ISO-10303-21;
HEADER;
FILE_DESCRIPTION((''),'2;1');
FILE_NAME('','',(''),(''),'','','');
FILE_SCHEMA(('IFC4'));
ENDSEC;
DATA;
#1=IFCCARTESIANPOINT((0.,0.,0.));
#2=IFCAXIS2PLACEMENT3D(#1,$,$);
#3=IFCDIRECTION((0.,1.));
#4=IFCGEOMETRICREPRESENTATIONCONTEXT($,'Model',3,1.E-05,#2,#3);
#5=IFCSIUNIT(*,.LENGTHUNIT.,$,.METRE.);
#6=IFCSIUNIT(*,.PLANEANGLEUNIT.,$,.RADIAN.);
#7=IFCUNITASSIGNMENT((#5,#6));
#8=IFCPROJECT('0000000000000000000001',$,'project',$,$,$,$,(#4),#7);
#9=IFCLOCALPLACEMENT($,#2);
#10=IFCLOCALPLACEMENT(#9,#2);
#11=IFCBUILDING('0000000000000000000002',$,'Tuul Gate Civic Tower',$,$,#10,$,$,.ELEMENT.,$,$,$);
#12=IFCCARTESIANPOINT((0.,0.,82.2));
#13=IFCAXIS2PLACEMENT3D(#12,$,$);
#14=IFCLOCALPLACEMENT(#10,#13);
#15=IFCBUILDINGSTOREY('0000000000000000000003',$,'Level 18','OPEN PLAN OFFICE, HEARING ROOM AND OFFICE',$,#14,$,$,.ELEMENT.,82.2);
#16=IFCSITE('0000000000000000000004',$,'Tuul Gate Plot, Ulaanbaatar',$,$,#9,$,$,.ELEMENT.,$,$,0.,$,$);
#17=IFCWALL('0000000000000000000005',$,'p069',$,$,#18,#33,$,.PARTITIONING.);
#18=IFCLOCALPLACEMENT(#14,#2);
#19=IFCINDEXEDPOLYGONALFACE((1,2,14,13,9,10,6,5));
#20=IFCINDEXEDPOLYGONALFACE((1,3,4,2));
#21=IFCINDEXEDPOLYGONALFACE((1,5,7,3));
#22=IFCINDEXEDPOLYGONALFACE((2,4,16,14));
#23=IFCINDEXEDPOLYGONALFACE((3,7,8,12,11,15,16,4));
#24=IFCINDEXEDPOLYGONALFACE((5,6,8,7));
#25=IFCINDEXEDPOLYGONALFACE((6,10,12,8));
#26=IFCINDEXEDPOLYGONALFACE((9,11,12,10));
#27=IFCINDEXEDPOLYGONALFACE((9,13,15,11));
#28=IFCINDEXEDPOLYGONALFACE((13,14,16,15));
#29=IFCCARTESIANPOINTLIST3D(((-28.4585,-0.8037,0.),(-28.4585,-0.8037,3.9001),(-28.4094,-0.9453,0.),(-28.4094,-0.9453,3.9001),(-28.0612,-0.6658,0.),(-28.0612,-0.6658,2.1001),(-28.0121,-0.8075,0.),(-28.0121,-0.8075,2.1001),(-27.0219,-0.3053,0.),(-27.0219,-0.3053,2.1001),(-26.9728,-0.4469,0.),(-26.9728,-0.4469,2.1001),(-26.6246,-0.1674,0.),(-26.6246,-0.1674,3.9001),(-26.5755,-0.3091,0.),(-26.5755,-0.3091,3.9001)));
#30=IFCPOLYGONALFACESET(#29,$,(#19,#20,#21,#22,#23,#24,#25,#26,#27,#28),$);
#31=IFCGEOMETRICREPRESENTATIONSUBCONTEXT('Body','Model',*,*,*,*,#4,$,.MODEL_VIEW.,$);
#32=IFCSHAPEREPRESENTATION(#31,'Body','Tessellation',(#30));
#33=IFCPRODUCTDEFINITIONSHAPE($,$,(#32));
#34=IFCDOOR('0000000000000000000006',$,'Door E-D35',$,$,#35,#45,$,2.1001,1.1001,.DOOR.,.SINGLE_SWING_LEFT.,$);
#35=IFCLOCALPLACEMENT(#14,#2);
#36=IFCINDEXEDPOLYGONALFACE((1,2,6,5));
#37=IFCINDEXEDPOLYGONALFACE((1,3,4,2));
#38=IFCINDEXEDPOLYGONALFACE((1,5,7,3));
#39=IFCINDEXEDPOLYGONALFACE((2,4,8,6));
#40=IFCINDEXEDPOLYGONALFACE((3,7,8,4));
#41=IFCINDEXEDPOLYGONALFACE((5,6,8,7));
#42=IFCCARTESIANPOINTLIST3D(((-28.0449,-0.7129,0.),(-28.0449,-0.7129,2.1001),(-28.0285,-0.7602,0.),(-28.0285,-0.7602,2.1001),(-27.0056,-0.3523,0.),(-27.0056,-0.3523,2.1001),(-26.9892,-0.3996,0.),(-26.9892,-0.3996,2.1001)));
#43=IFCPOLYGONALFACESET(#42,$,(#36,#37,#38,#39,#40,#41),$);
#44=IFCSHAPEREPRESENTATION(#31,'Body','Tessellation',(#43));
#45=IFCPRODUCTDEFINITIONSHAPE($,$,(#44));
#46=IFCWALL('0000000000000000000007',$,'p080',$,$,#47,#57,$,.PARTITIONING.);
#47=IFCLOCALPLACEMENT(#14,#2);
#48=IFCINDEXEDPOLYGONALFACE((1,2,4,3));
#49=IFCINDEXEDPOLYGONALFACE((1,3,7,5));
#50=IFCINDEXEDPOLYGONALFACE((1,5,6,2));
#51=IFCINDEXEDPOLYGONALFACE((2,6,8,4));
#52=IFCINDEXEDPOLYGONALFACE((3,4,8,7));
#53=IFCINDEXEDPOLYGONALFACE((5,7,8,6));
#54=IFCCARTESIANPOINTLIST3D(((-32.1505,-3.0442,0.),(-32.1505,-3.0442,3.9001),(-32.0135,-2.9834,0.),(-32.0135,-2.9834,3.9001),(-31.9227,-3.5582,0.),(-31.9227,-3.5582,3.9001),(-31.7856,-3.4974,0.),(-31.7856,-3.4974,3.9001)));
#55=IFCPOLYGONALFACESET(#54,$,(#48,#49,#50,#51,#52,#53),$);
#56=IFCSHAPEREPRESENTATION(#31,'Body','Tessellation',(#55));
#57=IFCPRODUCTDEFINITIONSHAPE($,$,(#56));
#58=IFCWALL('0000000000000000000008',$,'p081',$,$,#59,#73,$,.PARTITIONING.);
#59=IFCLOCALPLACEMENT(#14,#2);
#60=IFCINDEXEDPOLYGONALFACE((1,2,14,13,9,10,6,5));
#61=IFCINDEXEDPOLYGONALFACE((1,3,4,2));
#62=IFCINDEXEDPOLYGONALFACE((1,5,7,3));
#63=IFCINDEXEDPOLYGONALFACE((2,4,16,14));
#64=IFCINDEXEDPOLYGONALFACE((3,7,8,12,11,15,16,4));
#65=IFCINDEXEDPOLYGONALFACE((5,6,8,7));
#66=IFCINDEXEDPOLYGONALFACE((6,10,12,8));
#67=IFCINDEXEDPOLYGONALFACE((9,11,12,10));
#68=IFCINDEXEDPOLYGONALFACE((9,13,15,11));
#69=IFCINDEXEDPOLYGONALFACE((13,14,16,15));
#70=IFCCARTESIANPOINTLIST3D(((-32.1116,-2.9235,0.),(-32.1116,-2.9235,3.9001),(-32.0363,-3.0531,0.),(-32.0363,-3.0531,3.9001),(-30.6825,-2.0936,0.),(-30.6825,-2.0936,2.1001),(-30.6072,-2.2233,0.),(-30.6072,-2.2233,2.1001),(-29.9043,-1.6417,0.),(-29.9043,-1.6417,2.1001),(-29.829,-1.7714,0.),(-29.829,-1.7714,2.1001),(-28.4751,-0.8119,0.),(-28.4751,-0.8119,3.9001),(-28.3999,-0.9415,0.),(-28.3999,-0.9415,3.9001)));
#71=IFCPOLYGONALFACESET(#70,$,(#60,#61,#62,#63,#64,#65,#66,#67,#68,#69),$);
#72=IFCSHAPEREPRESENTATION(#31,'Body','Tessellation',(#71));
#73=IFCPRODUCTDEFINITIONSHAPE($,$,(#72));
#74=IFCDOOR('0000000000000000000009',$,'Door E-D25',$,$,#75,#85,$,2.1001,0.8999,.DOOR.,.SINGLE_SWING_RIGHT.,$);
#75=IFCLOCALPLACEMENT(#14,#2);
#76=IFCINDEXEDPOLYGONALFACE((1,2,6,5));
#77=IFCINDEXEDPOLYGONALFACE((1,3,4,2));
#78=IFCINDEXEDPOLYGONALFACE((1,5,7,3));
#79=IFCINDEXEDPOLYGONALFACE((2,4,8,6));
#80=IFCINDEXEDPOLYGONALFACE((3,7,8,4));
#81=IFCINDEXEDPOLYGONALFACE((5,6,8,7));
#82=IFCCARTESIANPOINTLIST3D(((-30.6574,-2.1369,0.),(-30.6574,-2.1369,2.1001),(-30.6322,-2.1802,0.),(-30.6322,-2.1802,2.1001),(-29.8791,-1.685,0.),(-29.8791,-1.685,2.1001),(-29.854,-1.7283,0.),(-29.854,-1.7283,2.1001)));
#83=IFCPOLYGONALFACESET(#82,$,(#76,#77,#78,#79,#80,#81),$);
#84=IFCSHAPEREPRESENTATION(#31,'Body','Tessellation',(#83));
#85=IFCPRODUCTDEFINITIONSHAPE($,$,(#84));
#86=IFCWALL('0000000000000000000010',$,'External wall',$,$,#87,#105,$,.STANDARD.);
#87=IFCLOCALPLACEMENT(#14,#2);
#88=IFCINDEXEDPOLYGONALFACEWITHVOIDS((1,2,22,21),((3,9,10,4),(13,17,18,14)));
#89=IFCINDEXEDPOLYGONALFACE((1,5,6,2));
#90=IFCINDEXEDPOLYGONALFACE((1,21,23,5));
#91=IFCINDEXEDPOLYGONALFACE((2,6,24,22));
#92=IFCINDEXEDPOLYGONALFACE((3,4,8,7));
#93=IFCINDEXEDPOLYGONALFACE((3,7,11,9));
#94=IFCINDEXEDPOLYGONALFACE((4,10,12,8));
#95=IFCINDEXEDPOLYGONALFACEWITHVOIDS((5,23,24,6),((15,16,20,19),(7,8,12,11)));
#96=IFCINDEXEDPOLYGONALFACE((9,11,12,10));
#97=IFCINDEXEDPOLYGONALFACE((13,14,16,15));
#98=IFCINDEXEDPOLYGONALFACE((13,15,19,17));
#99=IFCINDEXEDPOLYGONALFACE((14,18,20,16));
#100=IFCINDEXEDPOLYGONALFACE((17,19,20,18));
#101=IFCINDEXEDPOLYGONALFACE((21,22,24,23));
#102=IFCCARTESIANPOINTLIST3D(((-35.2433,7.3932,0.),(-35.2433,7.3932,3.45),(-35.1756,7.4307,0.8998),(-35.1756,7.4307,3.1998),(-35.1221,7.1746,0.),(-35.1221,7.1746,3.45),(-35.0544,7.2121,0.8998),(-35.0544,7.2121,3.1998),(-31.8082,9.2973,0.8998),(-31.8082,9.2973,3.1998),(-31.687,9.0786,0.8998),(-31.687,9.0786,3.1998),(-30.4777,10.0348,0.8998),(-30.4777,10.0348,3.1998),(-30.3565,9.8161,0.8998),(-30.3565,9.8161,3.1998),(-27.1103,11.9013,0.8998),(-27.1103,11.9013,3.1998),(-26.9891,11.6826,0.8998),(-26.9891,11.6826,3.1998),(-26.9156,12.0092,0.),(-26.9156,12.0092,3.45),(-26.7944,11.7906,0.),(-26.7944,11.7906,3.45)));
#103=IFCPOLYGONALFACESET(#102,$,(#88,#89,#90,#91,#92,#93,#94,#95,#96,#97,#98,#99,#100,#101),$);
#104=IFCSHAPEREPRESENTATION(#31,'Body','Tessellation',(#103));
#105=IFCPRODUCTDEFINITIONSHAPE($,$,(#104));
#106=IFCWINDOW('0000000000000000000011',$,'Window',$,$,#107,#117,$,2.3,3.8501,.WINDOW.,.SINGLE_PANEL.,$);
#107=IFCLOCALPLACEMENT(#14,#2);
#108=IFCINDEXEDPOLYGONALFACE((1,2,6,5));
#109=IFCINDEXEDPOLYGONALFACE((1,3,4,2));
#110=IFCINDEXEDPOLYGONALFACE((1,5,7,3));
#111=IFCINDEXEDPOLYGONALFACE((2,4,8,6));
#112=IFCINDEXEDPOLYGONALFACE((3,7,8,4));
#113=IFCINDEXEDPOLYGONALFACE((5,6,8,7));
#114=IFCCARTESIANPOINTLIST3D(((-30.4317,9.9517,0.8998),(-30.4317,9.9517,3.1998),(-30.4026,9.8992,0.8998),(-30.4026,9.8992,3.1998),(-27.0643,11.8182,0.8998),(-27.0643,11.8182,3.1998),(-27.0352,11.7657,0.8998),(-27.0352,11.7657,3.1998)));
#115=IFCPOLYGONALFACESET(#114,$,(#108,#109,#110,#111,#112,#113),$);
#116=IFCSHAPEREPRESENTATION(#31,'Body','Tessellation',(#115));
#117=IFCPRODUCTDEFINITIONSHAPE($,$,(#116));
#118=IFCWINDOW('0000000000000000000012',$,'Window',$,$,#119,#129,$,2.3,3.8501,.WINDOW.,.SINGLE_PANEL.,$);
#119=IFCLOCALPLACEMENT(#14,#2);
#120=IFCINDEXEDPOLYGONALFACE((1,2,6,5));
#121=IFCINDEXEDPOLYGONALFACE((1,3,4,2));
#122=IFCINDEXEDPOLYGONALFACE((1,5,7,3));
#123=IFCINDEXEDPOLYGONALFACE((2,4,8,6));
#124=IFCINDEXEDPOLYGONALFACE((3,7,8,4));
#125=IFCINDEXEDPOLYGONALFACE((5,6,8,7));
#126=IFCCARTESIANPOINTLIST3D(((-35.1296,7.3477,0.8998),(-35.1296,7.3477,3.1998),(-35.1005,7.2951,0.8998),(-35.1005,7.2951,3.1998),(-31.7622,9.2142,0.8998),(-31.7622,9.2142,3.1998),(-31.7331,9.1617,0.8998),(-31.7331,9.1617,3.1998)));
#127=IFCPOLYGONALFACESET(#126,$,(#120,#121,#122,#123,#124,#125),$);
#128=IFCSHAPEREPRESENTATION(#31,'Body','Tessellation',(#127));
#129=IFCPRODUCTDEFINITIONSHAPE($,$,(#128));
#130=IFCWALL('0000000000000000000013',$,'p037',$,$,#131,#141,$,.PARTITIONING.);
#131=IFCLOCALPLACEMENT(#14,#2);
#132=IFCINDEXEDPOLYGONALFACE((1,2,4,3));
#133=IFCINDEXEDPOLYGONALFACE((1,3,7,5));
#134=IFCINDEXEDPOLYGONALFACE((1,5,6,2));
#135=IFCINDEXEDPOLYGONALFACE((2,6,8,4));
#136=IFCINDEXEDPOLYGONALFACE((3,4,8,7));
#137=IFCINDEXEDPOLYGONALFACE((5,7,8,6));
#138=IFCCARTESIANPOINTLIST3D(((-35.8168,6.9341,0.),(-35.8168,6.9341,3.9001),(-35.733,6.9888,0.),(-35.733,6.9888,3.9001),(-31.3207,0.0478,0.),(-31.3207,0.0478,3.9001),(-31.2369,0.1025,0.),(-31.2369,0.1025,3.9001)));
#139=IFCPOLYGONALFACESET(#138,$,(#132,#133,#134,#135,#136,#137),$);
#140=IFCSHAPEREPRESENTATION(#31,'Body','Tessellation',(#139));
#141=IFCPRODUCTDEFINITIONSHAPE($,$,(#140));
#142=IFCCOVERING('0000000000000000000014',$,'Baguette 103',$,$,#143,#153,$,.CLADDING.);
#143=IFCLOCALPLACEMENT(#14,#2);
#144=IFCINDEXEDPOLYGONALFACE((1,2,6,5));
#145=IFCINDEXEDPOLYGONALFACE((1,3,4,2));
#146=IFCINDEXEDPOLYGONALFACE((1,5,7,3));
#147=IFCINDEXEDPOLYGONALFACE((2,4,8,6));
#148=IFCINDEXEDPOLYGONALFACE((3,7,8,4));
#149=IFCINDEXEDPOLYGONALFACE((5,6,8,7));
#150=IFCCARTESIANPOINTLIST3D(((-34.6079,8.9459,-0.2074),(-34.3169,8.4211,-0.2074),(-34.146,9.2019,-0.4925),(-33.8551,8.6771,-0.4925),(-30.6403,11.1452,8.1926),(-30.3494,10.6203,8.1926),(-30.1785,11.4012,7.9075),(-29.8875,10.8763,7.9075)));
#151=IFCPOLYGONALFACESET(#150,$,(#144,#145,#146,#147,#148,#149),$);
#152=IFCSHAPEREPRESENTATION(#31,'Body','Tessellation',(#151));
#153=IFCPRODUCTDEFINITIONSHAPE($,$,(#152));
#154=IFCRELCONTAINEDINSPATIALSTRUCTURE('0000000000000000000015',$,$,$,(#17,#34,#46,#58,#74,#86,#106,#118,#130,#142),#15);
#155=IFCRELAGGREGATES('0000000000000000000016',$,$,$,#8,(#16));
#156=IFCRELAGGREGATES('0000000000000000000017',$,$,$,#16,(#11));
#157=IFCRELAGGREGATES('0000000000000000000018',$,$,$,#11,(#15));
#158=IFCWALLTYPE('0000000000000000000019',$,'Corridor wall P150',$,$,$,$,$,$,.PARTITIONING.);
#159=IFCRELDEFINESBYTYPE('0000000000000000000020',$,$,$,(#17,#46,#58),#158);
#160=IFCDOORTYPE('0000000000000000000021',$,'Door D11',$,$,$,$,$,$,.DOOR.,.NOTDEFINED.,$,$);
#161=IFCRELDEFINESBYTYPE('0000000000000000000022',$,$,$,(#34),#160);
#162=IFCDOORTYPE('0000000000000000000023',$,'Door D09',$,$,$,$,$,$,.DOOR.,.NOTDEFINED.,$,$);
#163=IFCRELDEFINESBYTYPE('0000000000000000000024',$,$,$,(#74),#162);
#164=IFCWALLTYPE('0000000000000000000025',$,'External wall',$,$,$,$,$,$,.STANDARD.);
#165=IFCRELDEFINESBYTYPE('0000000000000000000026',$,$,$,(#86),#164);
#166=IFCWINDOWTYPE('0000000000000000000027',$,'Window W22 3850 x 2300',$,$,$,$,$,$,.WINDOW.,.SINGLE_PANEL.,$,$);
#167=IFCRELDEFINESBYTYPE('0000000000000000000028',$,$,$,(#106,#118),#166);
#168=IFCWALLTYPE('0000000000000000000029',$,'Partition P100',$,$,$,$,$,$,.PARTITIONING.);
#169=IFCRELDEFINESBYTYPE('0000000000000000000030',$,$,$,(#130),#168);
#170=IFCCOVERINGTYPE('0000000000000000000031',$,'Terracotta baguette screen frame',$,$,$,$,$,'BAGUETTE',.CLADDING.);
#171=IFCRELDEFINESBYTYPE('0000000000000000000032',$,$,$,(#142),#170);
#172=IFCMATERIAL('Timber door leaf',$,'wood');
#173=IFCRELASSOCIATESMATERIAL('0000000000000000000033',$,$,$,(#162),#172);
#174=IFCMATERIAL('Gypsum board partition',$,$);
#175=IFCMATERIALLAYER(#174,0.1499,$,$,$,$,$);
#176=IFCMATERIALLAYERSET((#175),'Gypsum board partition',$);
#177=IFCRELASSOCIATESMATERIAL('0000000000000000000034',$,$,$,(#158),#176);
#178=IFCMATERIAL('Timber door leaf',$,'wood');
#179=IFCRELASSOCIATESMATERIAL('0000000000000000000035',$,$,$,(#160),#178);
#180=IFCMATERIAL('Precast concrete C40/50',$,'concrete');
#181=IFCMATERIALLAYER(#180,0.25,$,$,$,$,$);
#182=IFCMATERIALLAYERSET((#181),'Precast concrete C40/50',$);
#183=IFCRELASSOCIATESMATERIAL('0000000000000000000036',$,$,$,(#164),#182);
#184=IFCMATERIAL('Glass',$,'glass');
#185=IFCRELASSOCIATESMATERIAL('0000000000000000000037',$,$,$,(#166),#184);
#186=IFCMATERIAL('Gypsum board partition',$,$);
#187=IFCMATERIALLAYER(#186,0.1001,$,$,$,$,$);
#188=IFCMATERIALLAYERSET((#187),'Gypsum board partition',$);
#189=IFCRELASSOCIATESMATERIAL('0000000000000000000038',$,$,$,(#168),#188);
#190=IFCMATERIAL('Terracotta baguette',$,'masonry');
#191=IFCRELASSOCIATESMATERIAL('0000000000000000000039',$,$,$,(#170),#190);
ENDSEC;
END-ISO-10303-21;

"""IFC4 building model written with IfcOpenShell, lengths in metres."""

from ifc_helpers import new_model, si_unit, direction, frame, frame_2d, origin, origin_2d, place, context, subcontext, project, spatial, rectangle, extrude, material, layer, layer_set, material_profile, profile_set, type_object, element, fill, save


model = new_model("IFC4")

# Units and contexts
model_context = context("Model", 3, precision=1e-05, world=origin(), true_north=direction((0.0, 1.0)))
body_context = subcontext(model_context, "Body", "Model", "MODEL_VIEW")
ifc_project = project(units=[si_unit("LENGTHUNIT", "METRE"), si_unit("PLANEANGLEUNIT", "RADIAN")], contexts=[model_context])

# Site, building, storey
site_placement = place(None, origin())
site = spatial("IfcSite", under=ifc_project, at=site_placement, Name="Tuul Gate Plot, Ulaanbaatar", CompositionType="ELEMENT", RefElevation=0.0)
building_placement = place(site_placement, origin())
building = spatial("IfcBuilding", under=site, at=building_placement, Name="Tuul Gate Civic Tower", CompositionType="ELEMENT")
storey_placement = place(building_placement, frame((0.0, 0.0, 82.2)))
storey = spatial("IfcBuildingStorey", under=building, at=storey_placement, Name="Level 18", Description="OPEN PLAN OFFICE, HEARING ROOM AND OFFICE", CompositionType="ELEMENT", Elevation=82.2)

# Shared definitions
ifc_material_1 = material(Name="Timber door leaf", Category="wood")
door_type_1 = type_object("IfcDoorType", Name="Door D09", OperationType="NOTDEFINED", PredefinedType="DOOR", material=ifc_material_1)

# Shared definitions
ifc_material_2 = material(Name="Gypsum board partition")
ifc_layer_1 = layer(ifc_material_2, 0.1499)
ifc_layer_set_1 = layer_set([ifc_layer_1], Name="Gypsum board partition")
wall_type_1 = type_object("IfcWallType", Name="Corridor wall P150", PredefinedType="PARTITIONING", material=ifc_layer_set_1)
ifc_material_3 = material(Name="Timber door leaf", Category="wood")
door_type_2 = type_object("IfcDoorType", Name="Door D11", OperationType="NOTDEFINED", PredefinedType="DOOR", material=ifc_material_3)

# Wall, opening, door
wall_1_placement = place(storey_placement, frame((-28.4341, -0.8745, 0.0), z_axis=(0.0, 0.0, 1.0), x_axis=(0.944765, 0.32775, 0.0)))
wall_1 = element("IfcWall", 1, at=wall_1_placement, inside=storey, type_object=wall_type_1, Name="p069", PredefinedType="PARTITIONING", context=body_context, shape_type="SweptSolid", body=[
    extrude(rectangle(XDim=1.9412, YDim=0.1499, at=frame_2d((0.9707, 0.0))), origin(), (0.0, 0.0, 1.0), 3.9001),
])
opening_1_placement = place(wall_1_placement, frame((0.4207, 0.0, 0.0)))
opening_1 = element("IfcOpeningElement", 2, at=opening_1_placement, cuts=wall_1, PredefinedType="OPENING", context=body_context, shape_type="SweptSolid", body=[
    extrude(rectangle(XDim=1.1001, YDim=2.1001, at=frame_2d((0.55, 1.05))), frame((0.0, 0.085, 0.0), z_axis=(0.0, -1.0, 0.0), x_axis=(1.0, 0.0, 0.0)), (0.0, 0.0, 1.0), 0.1699),
])
door_1_placement = place(opening_1_placement, frame((1.1001, 0.0, 0.0), z_axis=(0.0, 0.0, 1.0), x_axis=(-1.0, 0.0, 0.0)))
door_1 = element("IfcDoor", 3, at=door_1_placement, inside=storey, type_object=door_type_2, Name="Door E-D35", OperationType="SINGLE_SWING_LEFT", OverallHeight=2.1001, OverallWidth=1.1001, PredefinedType="DOOR", context=body_context, shape_type="SweptSolid", body=[
    extrude(rectangle(XDim=1.1001, YDim=2.1001, at=frame_2d((0.55, 1.05))), frame((0.0, 0.0249, 0.0), z_axis=(0.0, -1.0, 0.0), x_axis=(1.0, 0.0, 0.0)), (0.0, 0.0, 1.0), 0.05),
])
fill(opening_1, door_1)

# Wall
wall_2_placement = place(storey_placement, frame((-32.082, -3.0137, 0.0), z_axis=(0.0, 0.0, 1.0), x_axis=(0.405211, -0.914223, 0.0)))
element("IfcWall", 4, at=wall_2_placement, inside=storey, type_object=wall_type_1, Name="p080", PredefinedType="PARTITIONING", context=body_context, shape_type="SweptSolid", body=[
    extrude(rectangle(XDim=0.5623, YDim=0.1499, at=frame_2d((0.2812, 0.0))), origin(), (0.0, 0.0, 1.0), 3.9001),
])

# Wall, opening, door
wall_3_placement = place(storey_placement, frame((-32.074, -2.9883, 0.0), z_axis=(0.0, 0.0, 1.0), x_axis=(0.864782, 0.502148, 0.0)))
wall_3 = element("IfcWall", 5, at=wall_3_placement, inside=storey, type_object=wall_type_1, Name="p081", PredefinedType="PARTITIONING", context=body_context, shape_type="SweptSolid", body=[
    extrude(rectangle(XDim=4.2051, YDim=0.1499, at=frame_2d((2.1025, 0.0))), origin(), (0.0, 0.0, 1.0), 3.9001),
])
opening_2_placement = place(wall_3_placement, frame((1.6526, 0.0, 0.0)))
opening_2 = element("IfcOpeningElement", 6, at=opening_2_placement, cuts=wall_3, PredefinedType="OPENING", context=body_context, shape_type="SweptSolid", body=[
    extrude(rectangle(XDim=0.8999, YDim=2.1001, at=frame_2d((0.45, 1.05))), frame((0.0, 0.085, 0.0), z_axis=(0.0, -1.0, 0.0), x_axis=(1.0, 0.0, 0.0)), (0.0, 0.0, 1.0), 0.1699),
])
door_2_placement = place(opening_2_placement, origin())
door_2 = element("IfcDoor", 7, at=door_2_placement, inside=storey, type_object=door_type_1, Name="Door E-D25", OperationType="SINGLE_SWING_RIGHT", OverallHeight=2.1001, OverallWidth=0.8999, PredefinedType="DOOR", context=body_context, shape_type="SweptSolid", body=[
    extrude(rectangle(XDim=0.8999, YDim=2.1001, at=frame_2d((0.45, 1.05))), frame((0.0, 0.0249, 0.0), z_axis=(0.0, -1.0, 0.0), x_axis=(1.0, 0.0, 0.0)), (0.0, 0.0, 1.0), 0.05),
])
fill(opening_2, door_2)

# Wall, openings, windows
ifc_material_4 = material(Name="Precast concrete C40/50", Category="concrete")
ifc_layer_2 = layer(ifc_material_4, 0.25)
ifc_layer_set_2 = layer_set([ifc_layer_2], Name="Precast concrete C40/50")
wall_type_2 = type_object("IfcWallType", Name="External wall", PredefinedType="STANDARD", material=ifc_layer_set_2)
wall_4_placement = place(storey_placement, frame((-26.855, 11.8999, 0.0), z_axis=(0.0, 0.0, 1.0), x_axis=(-0.874625, -0.4848, 0.0)))
wall_4 = element("IfcWall", 8, at=wall_4_placement, inside=storey, type_object=wall_type_2, Name="External wall", PredefinedType="STANDARD", context=body_context, shape_type="SweptSolid", body=[
    extrude(rectangle(XDim=9.5215, YDim=0.25, at=frame_2d((4.7607, 0.0))), origin(), (0.0, 0.0, 1.0), 3.45),
])
opening_3_placement = place(wall_4_placement, frame((0.2227, 0.0, 0.8999)))
opening_3 = element("IfcOpeningElement", 9, at=opening_3_placement, cuts=wall_4, PredefinedType="OPENING", context=body_context, shape_type="SweptSolid", body=[
    extrude(rectangle(XDim=3.8501, YDim=2.3, at=frame_2d((1.925, 1.1499))), frame((0.0, 0.135, 0.0), z_axis=(0.0, -1.0, 0.0), x_axis=(1.0, 0.0, 0.0)), (0.0, 0.0, 1.0), 0.27),
])
opening_4_placement = place(wall_4_placement, frame((5.594, 0.0, 0.8999)))
opening_4 = element("IfcOpeningElement", 10, at=opening_4_placement, cuts=wall_4, PredefinedType="OPENING", context=body_context, shape_type="SweptSolid", body=[
    extrude(rectangle(XDim=3.8501, YDim=2.3, at=frame_2d((1.925, 1.1499))), frame((0.0, 0.135, 0.0), z_axis=(0.0, -1.0, 0.0), x_axis=(1.0, 0.0, 0.0)), (0.0, 0.0, 1.0), 0.27),
])
ifc_material_5 = material(Name="Glass", Category="glass")
window_type = type_object("IfcWindowType", Name="Window W22 3850 x 2300", PartitioningType="SINGLE_PANEL", PredefinedType="WINDOW", material=ifc_material_5)
window_1_placement = place(opening_3_placement, origin())
window_1 = element("IfcWindow", 11, at=window_1_placement, inside=storey, type_object=window_type, Name="Window", OverallHeight=2.3, OverallWidth=3.8501, PartitioningType="SINGLE_PANEL", PredefinedType="WINDOW", context=body_context, shape_type="SweptSolid", body=[
    extrude(rectangle(XDim=3.8501, YDim=2.3, at=frame_2d((1.925, 1.1499))), frame((0.0, 0.03, 0.0), z_axis=(0.0, -1.0, 0.0), x_axis=(1.0, 0.0, 0.0)), (0.0, 0.0, 1.0), 0.0601),
])
fill(opening_3, window_1)
window_2_placement = place(opening_4_placement, origin())
window_2 = element("IfcWindow", 12, at=window_2_placement, inside=storey, type_object=window_type, Name="Window", OverallHeight=2.3, OverallWidth=3.8501, PartitioningType="SINGLE_PANEL", PredefinedType="WINDOW", context=body_context, shape_type="SweptSolid", body=[
    extrude(rectangle(XDim=3.8501, YDim=2.3, at=frame_2d((1.925, 1.1499))), frame((0.0, 0.03, 0.0), z_axis=(0.0, -1.0, 0.0), x_axis=(1.0, 0.0, 0.0)), (0.0, 0.0, 1.0), 0.0601),
])
fill(opening_4, window_2)

# Wall
ifc_material_6 = material(Name="Gypsum board partition")
ifc_layer_3 = layer(ifc_material_6, 0.1001)
ifc_layer_set_3 = layer_set([ifc_layer_3], Name="Gypsum board partition")
wall_type_3 = type_object("IfcWallType", Name="Partition P100", PredefinedType="PARTITIONING", material=ifc_layer_set_3)
wall_5_placement = place(storey_placement, frame((-35.7749, 6.9614, 0.0), z_axis=(0.0, 0.0, 1.0), x_axis=(0.546701, -0.837328, 0.0)))
element("IfcWall", 13, at=wall_5_placement, inside=storey, type_object=wall_type_3, Name="p037", PredefinedType="PARTITIONING", context=body_context, shape_type="SweptSolid", body=[
    extrude(rectangle(XDim=8.2241, YDim=0.1001, at=frame_2d((4.1121, 0.0))), origin(), (0.0, 0.0, 1.0), 3.9001),
])

# Covering
ifc_material_7 = material(Name="Terracotta baguette", Category="masonry")
ifc_material_profile_1 = material_profile(ifc_material_7, rectangle(XDim=0.6001, YDim=0.6001, at=origin_2d()), Name="Terracotta baguette screen frame")
ifc_profile_set_1 = profile_set([ifc_material_profile_1], Name="Terracotta baguette")
covering_type = type_object("IfcCoveringType", Name="Terracotta baguette screen frame", ElementType="BAGUETTE", PredefinedType="CLADDING", material=ifc_profile_set_1)
covering_placement = place(storey_placement, frame((-30.2639, 11.0107, 8.05), z_axis=(-0.415599, -0.230368, -0.879891), x_axis=(0.484806, -0.874621, 0.0)))
element("IfcCovering", 14, at=covering_placement, inside=storey, type_object=covering_type, Name="Baguette 103", PredefinedType="CLADDING", context=body_context, shape_type="SweptSolid", body=[
    extrude(rectangle(XDim=0.6001, YDim=0.6001, at=origin_2d()), origin(), (0.0, 0.0, 1.0), 9.5466),
])

save(model, "model.ifc")
